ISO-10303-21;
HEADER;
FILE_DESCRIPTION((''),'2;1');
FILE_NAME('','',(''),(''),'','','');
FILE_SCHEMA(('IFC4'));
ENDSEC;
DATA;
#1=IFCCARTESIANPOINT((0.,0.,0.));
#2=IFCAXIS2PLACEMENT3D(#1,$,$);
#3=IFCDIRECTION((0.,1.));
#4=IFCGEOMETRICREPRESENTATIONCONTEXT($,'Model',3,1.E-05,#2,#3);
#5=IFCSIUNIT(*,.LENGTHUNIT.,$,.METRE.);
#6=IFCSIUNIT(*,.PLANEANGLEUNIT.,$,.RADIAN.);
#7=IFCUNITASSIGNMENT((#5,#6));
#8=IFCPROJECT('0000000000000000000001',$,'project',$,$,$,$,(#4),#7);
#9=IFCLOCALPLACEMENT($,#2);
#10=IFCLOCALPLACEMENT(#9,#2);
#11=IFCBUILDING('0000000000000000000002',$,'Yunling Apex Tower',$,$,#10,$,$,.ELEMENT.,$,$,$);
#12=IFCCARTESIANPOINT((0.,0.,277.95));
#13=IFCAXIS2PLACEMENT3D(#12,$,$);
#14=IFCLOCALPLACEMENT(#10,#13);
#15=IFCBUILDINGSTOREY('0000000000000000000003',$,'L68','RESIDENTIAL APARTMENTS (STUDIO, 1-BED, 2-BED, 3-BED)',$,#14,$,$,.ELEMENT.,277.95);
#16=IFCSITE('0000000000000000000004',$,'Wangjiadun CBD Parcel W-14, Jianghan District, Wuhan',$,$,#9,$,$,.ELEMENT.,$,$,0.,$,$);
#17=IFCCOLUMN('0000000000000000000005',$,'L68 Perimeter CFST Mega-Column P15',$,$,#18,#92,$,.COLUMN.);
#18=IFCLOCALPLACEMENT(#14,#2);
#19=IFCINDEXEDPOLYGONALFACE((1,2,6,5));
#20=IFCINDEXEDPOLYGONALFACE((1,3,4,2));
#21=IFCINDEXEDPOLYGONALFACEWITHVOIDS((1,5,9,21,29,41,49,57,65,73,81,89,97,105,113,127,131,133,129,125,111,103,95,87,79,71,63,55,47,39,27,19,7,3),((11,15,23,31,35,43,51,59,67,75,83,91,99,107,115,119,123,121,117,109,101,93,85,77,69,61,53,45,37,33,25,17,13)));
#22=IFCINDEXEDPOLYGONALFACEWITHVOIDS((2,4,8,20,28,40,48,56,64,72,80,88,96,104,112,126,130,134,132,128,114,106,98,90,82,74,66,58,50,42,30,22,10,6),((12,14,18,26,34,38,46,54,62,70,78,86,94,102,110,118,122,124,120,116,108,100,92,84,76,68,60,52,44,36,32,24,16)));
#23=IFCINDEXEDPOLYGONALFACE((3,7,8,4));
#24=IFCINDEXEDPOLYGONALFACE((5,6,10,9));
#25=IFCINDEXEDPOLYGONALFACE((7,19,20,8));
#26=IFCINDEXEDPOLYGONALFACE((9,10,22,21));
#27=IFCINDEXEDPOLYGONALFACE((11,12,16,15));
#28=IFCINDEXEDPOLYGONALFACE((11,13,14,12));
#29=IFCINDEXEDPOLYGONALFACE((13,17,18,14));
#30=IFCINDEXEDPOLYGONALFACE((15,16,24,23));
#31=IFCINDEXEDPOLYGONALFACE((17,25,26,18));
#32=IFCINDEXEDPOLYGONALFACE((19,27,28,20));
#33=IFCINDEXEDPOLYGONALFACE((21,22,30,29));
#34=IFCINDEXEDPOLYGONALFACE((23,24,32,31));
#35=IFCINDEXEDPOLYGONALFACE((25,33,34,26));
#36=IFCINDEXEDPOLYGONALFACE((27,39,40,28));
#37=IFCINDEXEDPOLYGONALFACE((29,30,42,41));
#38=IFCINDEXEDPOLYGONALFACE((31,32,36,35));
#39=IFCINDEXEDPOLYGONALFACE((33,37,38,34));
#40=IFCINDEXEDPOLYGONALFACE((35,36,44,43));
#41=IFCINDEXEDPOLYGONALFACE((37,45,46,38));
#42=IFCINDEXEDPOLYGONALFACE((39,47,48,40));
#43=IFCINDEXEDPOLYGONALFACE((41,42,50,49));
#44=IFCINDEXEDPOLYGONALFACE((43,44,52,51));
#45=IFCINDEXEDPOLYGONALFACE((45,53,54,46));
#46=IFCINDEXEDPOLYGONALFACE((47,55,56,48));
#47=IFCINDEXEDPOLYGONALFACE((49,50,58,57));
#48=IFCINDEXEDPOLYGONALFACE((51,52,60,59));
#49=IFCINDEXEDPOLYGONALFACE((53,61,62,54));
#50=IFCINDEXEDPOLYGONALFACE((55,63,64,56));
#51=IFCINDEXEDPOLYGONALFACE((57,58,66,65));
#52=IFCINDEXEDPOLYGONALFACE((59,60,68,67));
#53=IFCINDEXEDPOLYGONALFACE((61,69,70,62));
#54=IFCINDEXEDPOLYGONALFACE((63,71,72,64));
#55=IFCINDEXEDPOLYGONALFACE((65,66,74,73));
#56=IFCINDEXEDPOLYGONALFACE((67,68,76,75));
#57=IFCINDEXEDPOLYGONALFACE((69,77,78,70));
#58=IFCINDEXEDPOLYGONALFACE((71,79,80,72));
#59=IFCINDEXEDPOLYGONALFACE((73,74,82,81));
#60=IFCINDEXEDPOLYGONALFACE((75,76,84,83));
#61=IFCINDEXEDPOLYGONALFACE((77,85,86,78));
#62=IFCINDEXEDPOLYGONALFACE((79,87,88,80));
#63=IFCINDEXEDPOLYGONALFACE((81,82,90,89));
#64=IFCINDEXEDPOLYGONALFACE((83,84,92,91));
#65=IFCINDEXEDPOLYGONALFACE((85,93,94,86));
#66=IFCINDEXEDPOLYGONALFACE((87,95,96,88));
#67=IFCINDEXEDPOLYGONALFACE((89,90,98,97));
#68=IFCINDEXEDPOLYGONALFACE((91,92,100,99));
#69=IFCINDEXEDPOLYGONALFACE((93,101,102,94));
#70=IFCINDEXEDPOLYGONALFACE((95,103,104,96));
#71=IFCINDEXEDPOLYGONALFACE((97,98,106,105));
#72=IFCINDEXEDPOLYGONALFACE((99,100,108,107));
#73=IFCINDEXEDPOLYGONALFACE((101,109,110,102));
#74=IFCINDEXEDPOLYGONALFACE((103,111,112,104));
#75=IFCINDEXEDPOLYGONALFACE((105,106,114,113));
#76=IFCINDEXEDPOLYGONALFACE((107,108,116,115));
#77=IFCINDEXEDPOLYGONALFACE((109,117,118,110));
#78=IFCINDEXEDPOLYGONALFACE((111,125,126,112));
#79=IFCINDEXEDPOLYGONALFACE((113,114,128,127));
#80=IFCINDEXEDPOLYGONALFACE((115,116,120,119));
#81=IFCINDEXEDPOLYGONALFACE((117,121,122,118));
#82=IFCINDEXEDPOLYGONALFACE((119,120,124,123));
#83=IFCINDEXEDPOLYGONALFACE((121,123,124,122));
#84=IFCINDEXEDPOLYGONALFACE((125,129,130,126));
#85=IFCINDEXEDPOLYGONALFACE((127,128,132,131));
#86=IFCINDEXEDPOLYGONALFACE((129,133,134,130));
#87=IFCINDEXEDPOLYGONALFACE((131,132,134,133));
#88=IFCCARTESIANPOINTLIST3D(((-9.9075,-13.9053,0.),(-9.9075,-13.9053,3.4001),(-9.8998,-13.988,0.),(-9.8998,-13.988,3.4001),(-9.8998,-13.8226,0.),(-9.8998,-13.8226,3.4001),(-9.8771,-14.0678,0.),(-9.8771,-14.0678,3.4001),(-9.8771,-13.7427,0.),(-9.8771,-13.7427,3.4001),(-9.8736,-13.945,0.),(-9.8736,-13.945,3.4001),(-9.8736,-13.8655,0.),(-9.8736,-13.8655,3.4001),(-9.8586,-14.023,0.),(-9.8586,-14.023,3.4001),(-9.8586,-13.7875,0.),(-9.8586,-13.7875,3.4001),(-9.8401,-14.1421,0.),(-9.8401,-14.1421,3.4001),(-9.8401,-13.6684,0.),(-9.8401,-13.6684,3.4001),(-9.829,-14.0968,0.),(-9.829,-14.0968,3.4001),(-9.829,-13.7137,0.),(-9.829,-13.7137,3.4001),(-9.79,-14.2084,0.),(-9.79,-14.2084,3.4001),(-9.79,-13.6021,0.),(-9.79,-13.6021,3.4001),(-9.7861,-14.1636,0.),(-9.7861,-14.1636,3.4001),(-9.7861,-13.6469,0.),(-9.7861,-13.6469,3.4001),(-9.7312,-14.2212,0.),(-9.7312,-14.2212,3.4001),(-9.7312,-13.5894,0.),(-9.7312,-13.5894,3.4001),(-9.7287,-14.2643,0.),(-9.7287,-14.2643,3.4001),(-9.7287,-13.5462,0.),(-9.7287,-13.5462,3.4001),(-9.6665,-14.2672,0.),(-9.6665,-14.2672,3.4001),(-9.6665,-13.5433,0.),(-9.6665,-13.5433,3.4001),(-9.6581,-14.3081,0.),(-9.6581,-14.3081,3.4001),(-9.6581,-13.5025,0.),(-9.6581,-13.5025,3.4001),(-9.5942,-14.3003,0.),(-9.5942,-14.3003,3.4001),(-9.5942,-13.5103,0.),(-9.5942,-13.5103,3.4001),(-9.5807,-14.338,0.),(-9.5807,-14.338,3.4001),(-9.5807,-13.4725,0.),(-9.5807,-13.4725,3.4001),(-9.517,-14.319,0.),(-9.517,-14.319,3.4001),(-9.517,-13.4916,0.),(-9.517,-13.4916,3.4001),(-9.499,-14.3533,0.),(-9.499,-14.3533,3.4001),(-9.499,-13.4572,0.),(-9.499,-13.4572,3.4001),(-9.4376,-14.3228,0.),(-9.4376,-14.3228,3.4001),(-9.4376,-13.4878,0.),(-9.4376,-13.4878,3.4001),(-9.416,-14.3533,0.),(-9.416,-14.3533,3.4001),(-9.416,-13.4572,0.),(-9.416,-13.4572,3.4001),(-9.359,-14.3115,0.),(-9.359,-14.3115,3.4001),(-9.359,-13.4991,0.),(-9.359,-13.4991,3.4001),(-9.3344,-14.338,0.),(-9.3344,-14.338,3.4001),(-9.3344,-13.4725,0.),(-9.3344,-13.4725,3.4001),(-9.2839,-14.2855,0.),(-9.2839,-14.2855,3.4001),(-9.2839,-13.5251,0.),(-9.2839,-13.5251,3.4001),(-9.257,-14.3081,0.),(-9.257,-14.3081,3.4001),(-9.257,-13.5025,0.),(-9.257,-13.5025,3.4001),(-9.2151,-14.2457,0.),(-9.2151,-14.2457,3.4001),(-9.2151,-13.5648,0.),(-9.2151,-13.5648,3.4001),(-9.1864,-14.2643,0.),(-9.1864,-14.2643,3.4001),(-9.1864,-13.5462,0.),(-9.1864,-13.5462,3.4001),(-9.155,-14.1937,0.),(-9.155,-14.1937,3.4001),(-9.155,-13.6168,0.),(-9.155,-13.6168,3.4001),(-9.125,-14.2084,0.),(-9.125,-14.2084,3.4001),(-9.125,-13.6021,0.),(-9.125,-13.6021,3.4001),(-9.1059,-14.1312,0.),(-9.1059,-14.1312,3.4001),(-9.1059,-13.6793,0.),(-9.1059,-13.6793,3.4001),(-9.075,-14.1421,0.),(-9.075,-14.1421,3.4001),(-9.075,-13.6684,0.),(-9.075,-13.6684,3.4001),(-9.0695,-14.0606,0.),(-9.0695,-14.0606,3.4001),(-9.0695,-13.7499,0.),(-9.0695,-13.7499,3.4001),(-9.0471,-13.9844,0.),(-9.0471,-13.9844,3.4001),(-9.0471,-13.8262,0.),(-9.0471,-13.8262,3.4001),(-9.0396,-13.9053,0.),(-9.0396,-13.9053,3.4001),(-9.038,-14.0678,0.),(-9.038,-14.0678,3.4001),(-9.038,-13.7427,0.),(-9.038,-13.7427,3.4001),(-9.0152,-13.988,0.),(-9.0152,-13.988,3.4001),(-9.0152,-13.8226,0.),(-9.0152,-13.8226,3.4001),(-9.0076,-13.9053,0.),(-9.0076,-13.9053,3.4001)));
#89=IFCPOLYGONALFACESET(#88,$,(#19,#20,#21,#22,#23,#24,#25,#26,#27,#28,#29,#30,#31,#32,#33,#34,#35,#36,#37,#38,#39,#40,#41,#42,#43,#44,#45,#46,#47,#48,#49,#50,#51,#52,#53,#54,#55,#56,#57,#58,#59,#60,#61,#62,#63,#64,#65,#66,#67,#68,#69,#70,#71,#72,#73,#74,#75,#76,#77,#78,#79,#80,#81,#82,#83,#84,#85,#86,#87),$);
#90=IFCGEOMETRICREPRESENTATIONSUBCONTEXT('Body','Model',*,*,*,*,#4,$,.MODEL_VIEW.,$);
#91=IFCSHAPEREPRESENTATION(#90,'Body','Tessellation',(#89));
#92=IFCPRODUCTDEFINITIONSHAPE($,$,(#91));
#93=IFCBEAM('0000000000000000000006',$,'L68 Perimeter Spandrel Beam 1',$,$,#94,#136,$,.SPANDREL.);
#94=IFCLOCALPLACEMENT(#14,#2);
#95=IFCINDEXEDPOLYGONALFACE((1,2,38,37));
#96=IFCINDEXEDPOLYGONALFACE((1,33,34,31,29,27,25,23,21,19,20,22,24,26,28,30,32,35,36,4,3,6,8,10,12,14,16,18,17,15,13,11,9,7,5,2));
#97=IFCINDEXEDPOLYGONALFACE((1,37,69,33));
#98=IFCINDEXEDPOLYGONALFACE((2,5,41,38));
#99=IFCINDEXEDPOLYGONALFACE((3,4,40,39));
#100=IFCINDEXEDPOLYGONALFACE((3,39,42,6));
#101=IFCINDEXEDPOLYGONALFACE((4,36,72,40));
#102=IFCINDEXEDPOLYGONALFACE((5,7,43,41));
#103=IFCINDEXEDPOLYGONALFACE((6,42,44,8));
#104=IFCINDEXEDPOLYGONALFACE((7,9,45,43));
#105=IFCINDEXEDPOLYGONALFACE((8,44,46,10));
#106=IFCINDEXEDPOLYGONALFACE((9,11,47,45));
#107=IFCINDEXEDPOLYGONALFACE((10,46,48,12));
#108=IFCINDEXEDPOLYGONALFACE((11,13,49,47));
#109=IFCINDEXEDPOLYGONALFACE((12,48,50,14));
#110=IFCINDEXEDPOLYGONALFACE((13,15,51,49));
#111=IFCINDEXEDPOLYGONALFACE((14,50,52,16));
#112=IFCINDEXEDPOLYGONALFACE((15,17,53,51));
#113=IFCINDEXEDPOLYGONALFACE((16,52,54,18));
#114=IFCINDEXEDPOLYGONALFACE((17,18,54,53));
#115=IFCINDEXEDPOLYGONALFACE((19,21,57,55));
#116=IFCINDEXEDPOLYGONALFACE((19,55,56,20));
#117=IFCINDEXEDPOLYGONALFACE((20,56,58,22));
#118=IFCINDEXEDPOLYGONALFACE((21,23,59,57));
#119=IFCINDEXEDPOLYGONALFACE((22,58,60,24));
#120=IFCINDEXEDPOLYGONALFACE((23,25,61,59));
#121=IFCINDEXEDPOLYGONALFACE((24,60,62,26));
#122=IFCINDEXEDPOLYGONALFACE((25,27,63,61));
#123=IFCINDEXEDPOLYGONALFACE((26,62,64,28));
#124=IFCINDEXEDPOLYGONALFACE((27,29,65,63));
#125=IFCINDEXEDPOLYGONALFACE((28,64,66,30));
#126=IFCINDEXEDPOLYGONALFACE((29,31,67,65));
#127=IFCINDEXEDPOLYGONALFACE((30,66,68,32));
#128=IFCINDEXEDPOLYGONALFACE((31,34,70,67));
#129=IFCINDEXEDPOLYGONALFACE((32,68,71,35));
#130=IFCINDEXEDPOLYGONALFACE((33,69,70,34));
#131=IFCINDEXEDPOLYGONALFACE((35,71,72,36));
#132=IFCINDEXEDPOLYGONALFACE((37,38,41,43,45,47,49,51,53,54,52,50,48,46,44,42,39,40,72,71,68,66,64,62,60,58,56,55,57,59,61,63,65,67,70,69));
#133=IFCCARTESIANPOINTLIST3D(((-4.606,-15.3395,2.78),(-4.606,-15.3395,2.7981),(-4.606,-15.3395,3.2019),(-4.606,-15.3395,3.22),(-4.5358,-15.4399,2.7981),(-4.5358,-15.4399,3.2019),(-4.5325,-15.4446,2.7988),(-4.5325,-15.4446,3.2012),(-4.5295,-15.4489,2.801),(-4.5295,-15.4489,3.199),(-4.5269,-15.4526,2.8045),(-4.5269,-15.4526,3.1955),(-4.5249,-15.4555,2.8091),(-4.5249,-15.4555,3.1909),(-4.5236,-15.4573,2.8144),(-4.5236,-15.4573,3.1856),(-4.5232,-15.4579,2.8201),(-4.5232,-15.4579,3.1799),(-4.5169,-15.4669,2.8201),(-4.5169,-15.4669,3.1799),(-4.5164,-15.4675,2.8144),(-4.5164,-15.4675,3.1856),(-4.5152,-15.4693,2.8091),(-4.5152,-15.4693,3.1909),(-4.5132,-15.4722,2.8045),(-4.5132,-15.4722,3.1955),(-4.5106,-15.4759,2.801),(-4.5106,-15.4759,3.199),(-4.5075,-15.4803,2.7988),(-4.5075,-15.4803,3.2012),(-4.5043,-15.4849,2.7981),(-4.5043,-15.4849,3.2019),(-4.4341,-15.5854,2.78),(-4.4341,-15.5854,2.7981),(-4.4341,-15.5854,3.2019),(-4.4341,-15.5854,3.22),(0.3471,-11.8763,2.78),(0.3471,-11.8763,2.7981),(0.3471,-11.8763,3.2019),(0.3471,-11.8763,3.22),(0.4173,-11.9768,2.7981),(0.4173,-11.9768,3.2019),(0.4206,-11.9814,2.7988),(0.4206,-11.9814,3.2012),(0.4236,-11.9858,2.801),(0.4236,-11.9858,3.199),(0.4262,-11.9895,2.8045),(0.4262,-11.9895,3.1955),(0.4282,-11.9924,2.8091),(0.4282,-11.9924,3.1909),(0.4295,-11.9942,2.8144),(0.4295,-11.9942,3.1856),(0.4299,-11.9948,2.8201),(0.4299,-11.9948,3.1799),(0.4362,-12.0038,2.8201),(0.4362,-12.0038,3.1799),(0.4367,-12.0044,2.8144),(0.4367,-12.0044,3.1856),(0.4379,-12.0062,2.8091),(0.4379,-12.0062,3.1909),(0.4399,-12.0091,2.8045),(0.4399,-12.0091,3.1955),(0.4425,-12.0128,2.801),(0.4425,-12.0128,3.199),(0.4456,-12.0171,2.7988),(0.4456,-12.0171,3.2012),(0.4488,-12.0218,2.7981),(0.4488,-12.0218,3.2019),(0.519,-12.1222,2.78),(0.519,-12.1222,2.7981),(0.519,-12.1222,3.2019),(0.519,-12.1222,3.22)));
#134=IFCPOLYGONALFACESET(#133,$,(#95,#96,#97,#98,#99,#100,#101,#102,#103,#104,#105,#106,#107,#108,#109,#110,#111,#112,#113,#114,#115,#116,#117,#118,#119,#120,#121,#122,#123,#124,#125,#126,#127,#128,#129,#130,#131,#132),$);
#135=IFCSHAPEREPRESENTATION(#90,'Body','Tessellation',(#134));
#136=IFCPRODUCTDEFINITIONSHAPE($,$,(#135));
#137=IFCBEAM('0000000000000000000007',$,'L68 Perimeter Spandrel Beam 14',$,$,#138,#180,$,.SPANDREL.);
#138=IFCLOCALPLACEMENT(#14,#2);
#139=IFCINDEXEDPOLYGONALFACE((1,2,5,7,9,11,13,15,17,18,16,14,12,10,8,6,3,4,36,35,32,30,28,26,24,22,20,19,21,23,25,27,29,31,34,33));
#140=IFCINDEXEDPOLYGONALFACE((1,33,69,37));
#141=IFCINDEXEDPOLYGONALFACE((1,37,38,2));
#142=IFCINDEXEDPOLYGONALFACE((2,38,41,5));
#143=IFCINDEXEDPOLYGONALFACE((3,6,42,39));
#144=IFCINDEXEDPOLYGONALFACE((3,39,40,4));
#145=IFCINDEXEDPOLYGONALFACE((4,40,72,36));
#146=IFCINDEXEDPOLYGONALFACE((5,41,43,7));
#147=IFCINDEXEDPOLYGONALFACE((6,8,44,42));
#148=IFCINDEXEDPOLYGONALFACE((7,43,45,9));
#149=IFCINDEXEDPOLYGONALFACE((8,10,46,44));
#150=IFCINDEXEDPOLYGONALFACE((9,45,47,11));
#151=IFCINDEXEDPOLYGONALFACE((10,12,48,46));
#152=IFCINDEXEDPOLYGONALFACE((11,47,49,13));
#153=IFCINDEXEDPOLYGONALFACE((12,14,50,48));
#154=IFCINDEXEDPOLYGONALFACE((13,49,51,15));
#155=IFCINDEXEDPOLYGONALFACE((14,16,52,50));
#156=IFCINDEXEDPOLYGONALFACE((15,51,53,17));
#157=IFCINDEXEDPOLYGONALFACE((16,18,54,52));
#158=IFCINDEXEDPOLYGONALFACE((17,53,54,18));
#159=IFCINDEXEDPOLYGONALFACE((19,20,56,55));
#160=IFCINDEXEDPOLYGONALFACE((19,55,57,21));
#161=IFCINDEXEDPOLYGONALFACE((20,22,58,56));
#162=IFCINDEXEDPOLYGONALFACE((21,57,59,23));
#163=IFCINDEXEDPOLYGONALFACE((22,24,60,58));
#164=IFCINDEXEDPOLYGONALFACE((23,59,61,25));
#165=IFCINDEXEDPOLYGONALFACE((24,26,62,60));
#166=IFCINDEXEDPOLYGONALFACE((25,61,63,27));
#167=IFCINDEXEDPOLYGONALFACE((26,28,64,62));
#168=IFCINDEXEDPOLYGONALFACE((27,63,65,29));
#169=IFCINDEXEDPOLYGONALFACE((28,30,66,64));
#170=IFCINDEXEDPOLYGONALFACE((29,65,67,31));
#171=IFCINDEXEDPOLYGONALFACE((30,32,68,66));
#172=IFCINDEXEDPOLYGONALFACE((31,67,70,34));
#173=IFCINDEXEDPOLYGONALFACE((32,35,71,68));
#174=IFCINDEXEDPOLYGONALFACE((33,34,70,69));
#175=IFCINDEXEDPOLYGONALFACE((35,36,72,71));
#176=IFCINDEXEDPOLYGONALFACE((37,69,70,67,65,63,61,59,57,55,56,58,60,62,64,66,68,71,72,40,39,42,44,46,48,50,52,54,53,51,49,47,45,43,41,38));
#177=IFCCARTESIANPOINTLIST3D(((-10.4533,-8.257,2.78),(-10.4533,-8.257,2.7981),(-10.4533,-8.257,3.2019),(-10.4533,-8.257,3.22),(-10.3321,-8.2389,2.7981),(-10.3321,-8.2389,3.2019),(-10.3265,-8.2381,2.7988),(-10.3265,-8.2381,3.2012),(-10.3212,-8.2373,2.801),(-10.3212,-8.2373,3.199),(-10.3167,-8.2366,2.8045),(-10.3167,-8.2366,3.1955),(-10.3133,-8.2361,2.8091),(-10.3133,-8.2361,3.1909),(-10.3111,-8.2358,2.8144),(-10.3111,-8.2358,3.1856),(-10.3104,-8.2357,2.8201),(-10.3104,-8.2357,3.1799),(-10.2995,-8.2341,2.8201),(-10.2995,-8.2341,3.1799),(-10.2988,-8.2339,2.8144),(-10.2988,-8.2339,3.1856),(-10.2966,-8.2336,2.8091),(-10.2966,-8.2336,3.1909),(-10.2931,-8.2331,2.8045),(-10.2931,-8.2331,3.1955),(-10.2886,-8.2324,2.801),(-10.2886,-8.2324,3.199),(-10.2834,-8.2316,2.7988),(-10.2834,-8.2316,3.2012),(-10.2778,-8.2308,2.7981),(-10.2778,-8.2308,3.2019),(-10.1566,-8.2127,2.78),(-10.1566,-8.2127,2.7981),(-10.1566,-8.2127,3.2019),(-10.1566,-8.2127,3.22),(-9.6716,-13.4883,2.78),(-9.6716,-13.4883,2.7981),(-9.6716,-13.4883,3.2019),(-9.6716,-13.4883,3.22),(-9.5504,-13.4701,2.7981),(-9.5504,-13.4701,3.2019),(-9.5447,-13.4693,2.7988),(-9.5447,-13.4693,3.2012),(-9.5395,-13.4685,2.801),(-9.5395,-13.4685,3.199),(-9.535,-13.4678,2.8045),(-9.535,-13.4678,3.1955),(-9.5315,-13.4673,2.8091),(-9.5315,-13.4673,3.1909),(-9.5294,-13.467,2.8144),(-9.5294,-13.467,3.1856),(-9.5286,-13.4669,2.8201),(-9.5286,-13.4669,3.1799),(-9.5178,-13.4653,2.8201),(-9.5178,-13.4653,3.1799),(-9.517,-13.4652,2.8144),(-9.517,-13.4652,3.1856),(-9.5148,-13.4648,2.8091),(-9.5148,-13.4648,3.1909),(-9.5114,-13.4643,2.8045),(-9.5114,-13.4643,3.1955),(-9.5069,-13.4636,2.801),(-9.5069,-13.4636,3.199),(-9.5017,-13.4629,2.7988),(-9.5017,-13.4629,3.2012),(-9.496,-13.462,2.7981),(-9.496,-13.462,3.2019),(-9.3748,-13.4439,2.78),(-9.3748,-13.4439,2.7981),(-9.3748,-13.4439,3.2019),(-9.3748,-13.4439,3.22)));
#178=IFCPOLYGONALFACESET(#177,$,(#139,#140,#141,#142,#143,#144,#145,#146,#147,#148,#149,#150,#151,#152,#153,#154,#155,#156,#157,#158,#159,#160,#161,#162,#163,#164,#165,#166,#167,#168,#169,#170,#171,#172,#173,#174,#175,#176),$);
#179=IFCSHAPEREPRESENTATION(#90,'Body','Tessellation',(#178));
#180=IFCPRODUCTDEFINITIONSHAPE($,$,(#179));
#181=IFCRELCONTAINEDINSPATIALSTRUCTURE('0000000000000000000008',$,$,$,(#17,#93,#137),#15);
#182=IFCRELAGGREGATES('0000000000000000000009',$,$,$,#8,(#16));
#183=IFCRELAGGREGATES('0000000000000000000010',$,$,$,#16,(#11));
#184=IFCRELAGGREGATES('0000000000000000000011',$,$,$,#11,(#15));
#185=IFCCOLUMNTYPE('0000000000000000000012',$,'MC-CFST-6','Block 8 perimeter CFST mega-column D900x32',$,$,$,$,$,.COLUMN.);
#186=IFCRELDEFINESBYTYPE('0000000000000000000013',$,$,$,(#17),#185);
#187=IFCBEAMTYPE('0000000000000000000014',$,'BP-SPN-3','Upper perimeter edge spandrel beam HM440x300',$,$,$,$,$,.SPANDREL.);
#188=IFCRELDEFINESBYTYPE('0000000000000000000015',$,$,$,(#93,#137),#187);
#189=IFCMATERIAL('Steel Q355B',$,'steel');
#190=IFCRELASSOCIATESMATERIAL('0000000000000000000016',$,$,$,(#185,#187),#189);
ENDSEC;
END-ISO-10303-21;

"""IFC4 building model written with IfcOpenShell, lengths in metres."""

from ifc_helpers import new_model, si_unit, direction, frame, origin, origin_2d, place, context, subcontext, project, spatial, hollow_circle, i_section, extrude, source, transform, mapped, material, material_profile, profile_set, type_object, element, save


model = new_model("IFC4")

# Units and contexts
model_context = context("Model", 3, precision=1e-05, world=origin(), true_north=direction((0.0, 1.0)))
body_context = subcontext(model_context, "Body", "Model", "MODEL_VIEW")
ifc_project = project(units=[si_unit("LENGTHUNIT", "METRE"), si_unit("PLANEANGLEUNIT", "RADIAN")], contexts=[model_context])

# Site, building, storey
site_placement = place(None, origin())
site = spatial("IfcSite", under=ifc_project, at=site_placement, Name="Wangjiadun CBD Parcel W-14, Jianghan District, Wuhan", CompositionType="ELEMENT", RefElevation=0.0)
building_placement = place(site_placement, origin())
building = spatial("IfcBuilding", under=site, at=building_placement, Name="Yunling Apex Tower", CompositionType="ELEMENT")
storey_placement = place(building_placement, frame((0.0, 0.0, 277.95)))
storey = spatial("IfcBuildingStorey", under=building, at=storey_placement, Name="L68", Description="RESIDENTIAL APARTMENTS (STUDIO, 1-BED, 2-BED, 3-BED)", CompositionType="ELEMENT", Elevation=277.95)

# Column
ifc_material_1 = material(Name="Steel Q355B", Category="steel")
ifc_material_profile_1 = material_profile(ifc_material_1, hollow_circle(Radius=0.45, WallThickness=0.032, at=origin_2d()))
ifc_profile_set_1 = profile_set([ifc_material_profile_1], Name="Steel Q355B")
column_type = type_object("IfcColumnType", Name="MC-CFST-6", Description="Block 8 perimeter CFST mega-column D900x32", PredefinedType="COLUMN", material=ifc_profile_set_1)
shared_shape_1 = source(origin(), body_context, "Body", "SweptSolid", [
    extrude(hollow_circle(Radius=0.45, WallThickness=0.032, at=origin_2d()), origin(), (0.0, 0.0, 1.0), 3.4001),
])
for number, where, z_axis, x_axis, name in (
    (1, (-9.4575, -13.9053, 0.0), (0.0, 0.0, 1.0), (1.0, 0.0, 0.0), "L68 Perimeter CFST Mega-Column P15"),
):
    element("IfcColumn", number, at=place(storey_placement, frame(where, z_axis=z_axis, x_axis=x_axis)), inside=storey, type_object=column_type, Name=name, PredefinedType="COLUMN", context=body_context, shape_type="MappedRepresentation", body=[
        mapped(shared_shape_1, transform((0.0, 0.0, 0.0), scale=1.0)),
    ])

# Beams
ifc_material_profile_2 = material_profile(ifc_material_1, i_section(OverallWidth=0.3, OverallDepth=0.4399, WebThickness=0.011, FlangeThickness=0.0181, FilletRadius=0.022, at=origin_2d()))
ifc_profile_set_2 = profile_set([ifc_material_profile_2], Name="Steel Q355B")
beam_type_1 = type_object("IfcBeamType", Name="BP-SPN-3", Description="Upper perimeter edge spandrel beam HM440x300", PredefinedType="SPANDREL", material=ifc_profile_set_2)
shared_shape_2 = source(origin(), body_context, "Body", "SweptSolid", [
    extrude(i_section(OverallWidth=0.3, OverallDepth=0.4399, WebThickness=0.011, FlangeThickness=0.0181, FilletRadius=0.022, at=origin_2d()), origin(), (0.0, 0.0, 1.0), 6.0437),
])
beam_1_placement = place(storey_placement, frame((-4.52, -15.4624, 3.0), z_axis=(0.819547, 0.573012, 0.0), x_axis=(-0.573012, 0.819547, 0.0)))
element("IfcBeam", 2, at=beam_1_placement, inside=storey, type_object=beam_type_1, Name="L68 Perimeter Spandrel Beam 1", PredefinedType="SPANDREL", context=body_context, shape_type="MappedRepresentation", body=[
    mapped(shared_shape_2, transform((0.0, 0.0, 0.0), scale=1.0)),
])
shared_shape_3 = source(origin(), body_context, "Body", "SweptSolid", [
    extrude(i_section(OverallWidth=0.3, OverallDepth=0.4399, WebThickness=0.011, FlangeThickness=0.0181, FilletRadius=0.022, at=origin_2d()), origin(), (0.0, 0.0, 1.0), 5.2893),
])
beam_2_placement = place(storey_placement, frame((-10.3049, -8.2349, 3.0), z_axis=(0.147796, -0.989018, 0.0), x_axis=(0.989018, 0.147796, 0.0)))
element("IfcBeam", 3, at=beam_2_placement, inside=storey, type_object=beam_type_1, Name="L68 Perimeter Spandrel Beam 14", PredefinedType="SPANDREL", context=body_context, shape_type="MappedRepresentation", body=[
    mapped(shared_shape_3, transform((0.0, 0.0, 0.0), scale=1.0)),
])

save(model, "model.ifc")
